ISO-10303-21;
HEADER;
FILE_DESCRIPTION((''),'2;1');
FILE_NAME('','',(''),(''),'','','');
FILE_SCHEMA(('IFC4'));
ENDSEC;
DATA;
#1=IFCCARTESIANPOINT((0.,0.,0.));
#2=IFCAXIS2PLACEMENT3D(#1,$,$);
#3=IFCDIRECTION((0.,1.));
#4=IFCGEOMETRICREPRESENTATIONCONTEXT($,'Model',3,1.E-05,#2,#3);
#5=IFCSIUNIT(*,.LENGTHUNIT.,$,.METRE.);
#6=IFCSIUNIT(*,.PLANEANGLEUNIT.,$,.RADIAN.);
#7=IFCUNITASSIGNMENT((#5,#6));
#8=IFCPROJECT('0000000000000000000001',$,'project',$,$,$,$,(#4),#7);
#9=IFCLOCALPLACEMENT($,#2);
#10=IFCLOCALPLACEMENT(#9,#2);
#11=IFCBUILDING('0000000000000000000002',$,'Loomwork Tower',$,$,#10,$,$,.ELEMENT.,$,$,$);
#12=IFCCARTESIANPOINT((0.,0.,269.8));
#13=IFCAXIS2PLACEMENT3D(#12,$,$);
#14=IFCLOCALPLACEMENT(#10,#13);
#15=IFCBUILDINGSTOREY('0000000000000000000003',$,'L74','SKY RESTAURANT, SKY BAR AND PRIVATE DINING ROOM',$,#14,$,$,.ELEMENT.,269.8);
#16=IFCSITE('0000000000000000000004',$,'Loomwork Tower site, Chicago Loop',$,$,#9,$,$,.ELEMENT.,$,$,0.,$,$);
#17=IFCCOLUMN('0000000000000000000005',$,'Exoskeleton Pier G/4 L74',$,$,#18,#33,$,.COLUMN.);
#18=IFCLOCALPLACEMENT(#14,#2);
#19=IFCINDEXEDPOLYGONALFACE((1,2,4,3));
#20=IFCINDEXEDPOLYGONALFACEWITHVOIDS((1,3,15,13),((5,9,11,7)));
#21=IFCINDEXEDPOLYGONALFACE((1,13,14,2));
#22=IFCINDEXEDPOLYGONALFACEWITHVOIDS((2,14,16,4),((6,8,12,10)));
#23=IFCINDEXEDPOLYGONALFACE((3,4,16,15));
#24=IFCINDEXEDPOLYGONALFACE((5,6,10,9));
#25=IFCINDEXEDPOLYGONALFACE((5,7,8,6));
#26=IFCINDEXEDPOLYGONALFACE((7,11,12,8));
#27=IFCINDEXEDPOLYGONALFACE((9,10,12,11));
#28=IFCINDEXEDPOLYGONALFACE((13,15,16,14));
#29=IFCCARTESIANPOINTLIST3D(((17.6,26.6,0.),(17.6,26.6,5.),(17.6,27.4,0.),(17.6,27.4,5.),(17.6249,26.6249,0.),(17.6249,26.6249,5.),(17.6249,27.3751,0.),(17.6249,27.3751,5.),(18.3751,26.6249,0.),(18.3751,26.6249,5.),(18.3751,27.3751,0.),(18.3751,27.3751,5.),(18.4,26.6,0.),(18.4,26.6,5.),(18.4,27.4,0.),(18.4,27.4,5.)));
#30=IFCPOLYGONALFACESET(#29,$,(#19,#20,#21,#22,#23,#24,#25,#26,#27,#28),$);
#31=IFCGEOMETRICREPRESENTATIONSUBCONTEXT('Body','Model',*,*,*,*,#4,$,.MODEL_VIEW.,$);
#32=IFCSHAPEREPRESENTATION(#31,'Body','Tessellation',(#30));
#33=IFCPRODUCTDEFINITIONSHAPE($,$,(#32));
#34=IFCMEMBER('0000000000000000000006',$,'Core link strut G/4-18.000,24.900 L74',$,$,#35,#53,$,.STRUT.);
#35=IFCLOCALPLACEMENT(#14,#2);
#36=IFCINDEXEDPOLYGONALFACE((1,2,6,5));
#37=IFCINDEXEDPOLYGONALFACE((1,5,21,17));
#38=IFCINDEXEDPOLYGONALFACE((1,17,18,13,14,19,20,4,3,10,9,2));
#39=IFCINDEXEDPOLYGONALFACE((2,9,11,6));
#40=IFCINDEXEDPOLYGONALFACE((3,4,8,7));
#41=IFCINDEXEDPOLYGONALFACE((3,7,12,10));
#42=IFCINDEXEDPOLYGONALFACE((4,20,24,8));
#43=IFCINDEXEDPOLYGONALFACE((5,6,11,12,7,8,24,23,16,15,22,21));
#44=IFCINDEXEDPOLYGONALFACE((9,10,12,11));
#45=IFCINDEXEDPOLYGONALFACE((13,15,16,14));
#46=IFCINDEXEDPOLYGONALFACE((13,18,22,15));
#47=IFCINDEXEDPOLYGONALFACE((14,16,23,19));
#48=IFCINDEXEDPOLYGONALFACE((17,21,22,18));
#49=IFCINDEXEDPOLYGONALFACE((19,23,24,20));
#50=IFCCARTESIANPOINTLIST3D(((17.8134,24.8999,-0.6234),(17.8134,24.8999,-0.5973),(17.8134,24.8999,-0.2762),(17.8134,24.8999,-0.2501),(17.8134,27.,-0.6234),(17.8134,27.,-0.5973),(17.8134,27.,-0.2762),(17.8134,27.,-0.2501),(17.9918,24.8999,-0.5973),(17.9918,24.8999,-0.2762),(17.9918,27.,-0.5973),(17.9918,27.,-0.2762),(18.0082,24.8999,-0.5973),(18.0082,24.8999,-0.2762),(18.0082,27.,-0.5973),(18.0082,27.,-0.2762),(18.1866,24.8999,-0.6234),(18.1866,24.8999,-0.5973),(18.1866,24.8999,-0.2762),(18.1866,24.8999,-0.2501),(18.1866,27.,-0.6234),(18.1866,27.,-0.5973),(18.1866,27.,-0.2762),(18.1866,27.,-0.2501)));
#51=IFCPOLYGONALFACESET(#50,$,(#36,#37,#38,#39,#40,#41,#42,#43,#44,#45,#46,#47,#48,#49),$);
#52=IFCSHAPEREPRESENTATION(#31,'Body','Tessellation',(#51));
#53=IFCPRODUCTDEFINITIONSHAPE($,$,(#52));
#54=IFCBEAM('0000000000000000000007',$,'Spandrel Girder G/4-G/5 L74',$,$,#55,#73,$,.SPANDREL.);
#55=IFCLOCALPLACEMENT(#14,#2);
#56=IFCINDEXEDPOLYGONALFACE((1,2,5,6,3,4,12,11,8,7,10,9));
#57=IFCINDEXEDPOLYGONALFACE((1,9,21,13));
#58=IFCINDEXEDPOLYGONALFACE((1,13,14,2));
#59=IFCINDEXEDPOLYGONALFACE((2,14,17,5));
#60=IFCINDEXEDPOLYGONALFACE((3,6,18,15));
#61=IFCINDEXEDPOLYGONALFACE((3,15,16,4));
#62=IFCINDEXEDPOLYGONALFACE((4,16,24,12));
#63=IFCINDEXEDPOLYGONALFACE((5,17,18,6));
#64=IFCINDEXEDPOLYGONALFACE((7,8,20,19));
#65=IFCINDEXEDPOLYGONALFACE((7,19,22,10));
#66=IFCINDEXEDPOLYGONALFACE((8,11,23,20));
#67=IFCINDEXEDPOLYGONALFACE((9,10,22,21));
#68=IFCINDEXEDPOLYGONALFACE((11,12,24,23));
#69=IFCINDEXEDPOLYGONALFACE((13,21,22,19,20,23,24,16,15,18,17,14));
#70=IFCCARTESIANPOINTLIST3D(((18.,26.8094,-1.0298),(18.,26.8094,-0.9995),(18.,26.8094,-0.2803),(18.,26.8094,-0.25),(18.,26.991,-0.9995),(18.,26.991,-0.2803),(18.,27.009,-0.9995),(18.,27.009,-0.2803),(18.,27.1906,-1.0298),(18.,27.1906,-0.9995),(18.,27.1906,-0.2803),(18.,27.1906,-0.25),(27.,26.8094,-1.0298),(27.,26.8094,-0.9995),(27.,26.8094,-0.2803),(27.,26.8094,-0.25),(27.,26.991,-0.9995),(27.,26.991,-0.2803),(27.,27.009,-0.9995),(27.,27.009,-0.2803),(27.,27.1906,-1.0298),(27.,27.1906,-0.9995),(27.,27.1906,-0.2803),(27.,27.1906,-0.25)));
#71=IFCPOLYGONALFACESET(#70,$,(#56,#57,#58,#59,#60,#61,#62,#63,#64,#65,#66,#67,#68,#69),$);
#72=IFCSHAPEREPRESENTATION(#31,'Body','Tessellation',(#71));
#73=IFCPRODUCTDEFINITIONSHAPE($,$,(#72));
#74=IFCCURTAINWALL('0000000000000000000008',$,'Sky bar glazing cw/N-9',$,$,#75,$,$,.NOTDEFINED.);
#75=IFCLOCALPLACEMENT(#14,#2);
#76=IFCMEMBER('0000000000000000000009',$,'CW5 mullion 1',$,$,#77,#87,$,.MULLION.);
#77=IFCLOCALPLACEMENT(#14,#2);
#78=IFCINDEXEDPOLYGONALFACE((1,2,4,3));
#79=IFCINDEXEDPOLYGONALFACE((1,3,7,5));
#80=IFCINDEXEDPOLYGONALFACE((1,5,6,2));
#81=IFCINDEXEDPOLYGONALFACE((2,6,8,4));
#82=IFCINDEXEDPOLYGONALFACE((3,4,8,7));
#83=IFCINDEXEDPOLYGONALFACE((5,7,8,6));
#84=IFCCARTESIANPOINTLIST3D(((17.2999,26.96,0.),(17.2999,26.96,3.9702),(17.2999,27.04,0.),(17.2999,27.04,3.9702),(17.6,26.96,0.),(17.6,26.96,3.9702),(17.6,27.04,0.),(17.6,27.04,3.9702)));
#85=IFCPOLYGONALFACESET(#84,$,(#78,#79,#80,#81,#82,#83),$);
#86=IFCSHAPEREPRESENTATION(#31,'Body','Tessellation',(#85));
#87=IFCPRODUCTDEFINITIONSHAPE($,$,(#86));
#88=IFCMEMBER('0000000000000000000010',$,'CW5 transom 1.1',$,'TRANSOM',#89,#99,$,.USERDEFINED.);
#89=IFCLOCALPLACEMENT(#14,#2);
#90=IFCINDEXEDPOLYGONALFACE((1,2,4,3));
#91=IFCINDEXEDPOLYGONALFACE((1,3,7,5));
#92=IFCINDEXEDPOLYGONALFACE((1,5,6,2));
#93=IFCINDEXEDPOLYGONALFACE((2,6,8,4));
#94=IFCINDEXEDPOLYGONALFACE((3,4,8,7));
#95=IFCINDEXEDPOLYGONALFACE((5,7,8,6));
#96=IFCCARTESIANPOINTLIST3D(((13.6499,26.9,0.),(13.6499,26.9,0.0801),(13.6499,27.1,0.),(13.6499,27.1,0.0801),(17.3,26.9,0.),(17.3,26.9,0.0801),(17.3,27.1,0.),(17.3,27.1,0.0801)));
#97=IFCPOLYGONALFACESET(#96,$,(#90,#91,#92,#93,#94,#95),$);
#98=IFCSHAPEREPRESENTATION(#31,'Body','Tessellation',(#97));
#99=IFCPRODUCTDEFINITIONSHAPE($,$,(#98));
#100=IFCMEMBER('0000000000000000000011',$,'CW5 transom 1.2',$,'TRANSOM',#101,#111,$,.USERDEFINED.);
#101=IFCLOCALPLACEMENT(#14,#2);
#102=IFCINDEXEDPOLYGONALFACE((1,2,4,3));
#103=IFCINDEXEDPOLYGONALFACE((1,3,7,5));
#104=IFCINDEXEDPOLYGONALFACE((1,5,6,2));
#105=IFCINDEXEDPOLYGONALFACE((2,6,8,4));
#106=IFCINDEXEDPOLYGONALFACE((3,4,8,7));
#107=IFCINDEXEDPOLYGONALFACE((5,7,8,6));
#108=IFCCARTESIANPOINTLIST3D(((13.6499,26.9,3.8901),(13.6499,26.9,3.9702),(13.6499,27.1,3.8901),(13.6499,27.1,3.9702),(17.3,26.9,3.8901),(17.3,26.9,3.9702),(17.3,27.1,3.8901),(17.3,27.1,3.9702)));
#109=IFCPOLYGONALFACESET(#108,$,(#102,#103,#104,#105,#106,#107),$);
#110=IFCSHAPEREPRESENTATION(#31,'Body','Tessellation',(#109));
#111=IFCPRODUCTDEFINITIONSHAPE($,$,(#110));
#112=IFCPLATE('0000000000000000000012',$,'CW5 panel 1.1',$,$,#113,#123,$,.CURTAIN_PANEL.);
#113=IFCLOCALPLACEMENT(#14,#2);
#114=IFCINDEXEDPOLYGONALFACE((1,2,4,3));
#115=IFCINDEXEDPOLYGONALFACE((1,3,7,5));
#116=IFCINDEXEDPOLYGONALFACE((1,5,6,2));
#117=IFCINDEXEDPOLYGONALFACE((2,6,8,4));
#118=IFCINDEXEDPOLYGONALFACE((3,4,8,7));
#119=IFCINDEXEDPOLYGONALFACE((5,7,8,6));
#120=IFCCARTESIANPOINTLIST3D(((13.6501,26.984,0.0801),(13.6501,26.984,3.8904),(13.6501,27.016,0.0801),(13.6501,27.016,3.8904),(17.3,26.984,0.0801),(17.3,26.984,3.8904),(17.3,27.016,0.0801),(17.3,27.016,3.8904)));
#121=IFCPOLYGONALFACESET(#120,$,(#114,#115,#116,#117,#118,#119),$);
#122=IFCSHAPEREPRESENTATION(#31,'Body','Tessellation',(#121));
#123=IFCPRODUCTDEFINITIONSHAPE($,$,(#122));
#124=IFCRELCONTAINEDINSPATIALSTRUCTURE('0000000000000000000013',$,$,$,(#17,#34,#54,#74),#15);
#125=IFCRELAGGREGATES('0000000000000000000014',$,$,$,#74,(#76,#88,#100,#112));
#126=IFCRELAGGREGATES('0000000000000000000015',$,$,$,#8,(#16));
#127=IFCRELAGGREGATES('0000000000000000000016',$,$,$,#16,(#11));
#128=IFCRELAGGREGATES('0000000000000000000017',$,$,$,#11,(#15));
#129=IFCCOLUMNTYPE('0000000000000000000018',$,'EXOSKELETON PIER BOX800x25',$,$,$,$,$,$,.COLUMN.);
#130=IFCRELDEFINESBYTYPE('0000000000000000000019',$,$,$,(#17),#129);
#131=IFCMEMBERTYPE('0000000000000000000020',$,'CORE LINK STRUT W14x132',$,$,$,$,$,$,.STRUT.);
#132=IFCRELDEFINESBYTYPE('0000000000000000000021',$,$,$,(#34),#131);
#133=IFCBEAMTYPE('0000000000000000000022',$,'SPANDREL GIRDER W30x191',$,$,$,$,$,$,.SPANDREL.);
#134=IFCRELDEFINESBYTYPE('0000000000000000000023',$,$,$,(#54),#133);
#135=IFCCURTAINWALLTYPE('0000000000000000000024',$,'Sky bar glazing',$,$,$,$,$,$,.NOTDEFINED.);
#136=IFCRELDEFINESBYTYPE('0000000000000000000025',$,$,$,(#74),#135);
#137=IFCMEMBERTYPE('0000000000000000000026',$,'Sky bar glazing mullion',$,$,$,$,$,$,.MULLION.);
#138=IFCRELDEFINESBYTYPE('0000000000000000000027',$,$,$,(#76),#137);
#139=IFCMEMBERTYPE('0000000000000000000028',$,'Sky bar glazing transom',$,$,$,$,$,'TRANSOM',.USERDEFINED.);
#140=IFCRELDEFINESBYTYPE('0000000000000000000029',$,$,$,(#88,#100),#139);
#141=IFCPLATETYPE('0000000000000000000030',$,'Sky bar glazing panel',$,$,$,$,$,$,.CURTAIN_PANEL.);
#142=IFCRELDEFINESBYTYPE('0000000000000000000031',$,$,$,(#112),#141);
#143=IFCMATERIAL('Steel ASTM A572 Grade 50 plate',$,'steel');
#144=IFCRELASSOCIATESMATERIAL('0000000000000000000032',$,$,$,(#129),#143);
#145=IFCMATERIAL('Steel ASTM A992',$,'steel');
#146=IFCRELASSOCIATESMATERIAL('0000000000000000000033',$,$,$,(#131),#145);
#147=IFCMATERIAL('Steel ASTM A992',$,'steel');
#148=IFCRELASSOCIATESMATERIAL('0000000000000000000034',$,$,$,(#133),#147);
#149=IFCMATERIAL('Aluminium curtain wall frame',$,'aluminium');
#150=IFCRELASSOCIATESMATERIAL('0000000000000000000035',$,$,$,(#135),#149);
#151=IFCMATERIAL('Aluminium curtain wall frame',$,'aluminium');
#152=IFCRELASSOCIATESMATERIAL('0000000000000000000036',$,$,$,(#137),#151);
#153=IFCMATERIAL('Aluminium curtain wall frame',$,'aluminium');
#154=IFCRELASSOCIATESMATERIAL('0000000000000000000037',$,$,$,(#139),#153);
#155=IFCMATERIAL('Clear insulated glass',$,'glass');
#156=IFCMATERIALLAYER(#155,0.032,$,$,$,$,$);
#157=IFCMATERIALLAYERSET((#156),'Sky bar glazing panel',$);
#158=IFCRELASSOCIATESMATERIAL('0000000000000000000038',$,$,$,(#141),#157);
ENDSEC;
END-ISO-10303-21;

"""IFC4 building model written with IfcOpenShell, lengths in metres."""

from ifc_helpers import new_model, si_unit, direction, frame, origin, origin_2d, place, context, subcontext, project, spatial, rectangle, hollow_rectangle, i_section, extrude, material, layer, layer_set, material_profile, profile_set, type_object, element, aggregate, save


model = new_model("IFC4")

# Units and contexts
model_context = context("Model", 3, precision=1e-05, world=origin(), true_north=direction((0.0, 1.0)))
body_context = subcontext(model_context, "Body", "Model", "MODEL_VIEW")
ifc_project = project(units=[si_unit("LENGTHUNIT", "METRE"), si_unit("PLANEANGLEUNIT", "RADIAN")], contexts=[model_context])

# Site, building, storey
site_placement = place(None, origin())
site = spatial("IfcSite", under=ifc_project, at=site_placement, Name="Loomwork Tower site, Chicago Loop", CompositionType="ELEMENT", RefElevation=0.0)
building_placement = place(site_placement, origin())
building = spatial("IfcBuilding", under=site, at=building_placement, Name="Loomwork Tower", CompositionType="ELEMENT")
storey_placement = place(building_placement, frame((0.0, 0.0, 269.8)))
storey = spatial("IfcBuildingStorey", under=building, at=storey_placement, Name="L74", Description="SKY RESTAURANT, SKY BAR AND PRIVATE DINING ROOM", CompositionType="ELEMENT", Elevation=269.8)

# Column
ifc_material_1 = material(Name="Steel ASTM A572 Grade 50 plate", Category="steel")
ifc_material_profile_1 = material_profile(ifc_material_1, hollow_rectangle(XDim=0.8, YDim=0.8, WallThickness=0.0249, at=origin_2d()), Name="BOX800x25")
ifc_profile_set_1 = profile_set([ifc_material_profile_1], Name="Steel ASTM A572 Grade 50 plate")
column_type = type_object("IfcColumnType", Name="EXOSKELETON PIER BOX800x25", PredefinedType="COLUMN", material=ifc_profile_set_1)
column_placement = place(storey_placement, frame((18.0, 27.0, 0.0), z_axis=(0.0, 0.0, 1.0), x_axis=(1.0, 0.0, 0.0)))
element("IfcColumn", 1, at=column_placement, inside=storey, type_object=column_type, Name="Exoskeleton Pier G/4 L74", PredefinedType="COLUMN", context=body_context, shape_type="SweptSolid", body=[
    extrude(hollow_rectangle(XDim=0.8, YDim=0.8, WallThickness=0.0249, at=origin_2d()), origin(), (0.0, 0.0, 1.0), 5.0),
])

# Member
ifc_material_2 = material(Name="Steel ASTM A992", Category="steel")
ifc_material_profile_2 = material_profile(ifc_material_2, i_section(OverallWidth=0.3733, OverallDepth=0.3733, WebThickness=0.0164, FlangeThickness=0.0261, at=origin_2d()), Name="W14x132")
ifc_profile_set_2 = profile_set([ifc_material_profile_2], Name="Steel ASTM A992")
member_type_1 = type_object("IfcMemberType", Name="CORE LINK STRUT W14x132", PredefinedType="STRUT", material=ifc_profile_set_2)
member_1_placement = place(storey_placement, frame((18.0, 27.0, -0.4368), z_axis=(0.0, -1.0, 0.0), x_axis=(1.0, 0.0, 0.0)))
element("IfcMember", 2, at=member_1_placement, inside=storey, type_object=member_type_1, Name="Core link strut G/4-18.000,24.900 L74", PredefinedType="STRUT", context=body_context, shape_type="SweptSolid", body=[
    extrude(i_section(OverallWidth=0.3733, OverallDepth=0.3733, WebThickness=0.0164, FlangeThickness=0.0261, at=origin_2d()), origin(), (0.0, 0.0, 1.0), 2.1001),
])

# Beam
ifc_material_3 = material(Name="Steel ASTM A992", Category="steel")
ifc_material_profile_3 = material_profile(ifc_material_3, i_section(OverallWidth=0.3811, OverallDepth=0.7798, WebThickness=0.0181, FlangeThickness=0.0303, at=origin_2d()), Name="W30x191")
ifc_profile_set_3 = profile_set([ifc_material_profile_3], Name="Steel ASTM A992")
beam_type = type_object("IfcBeamType", Name="SPANDREL GIRDER W30x191", PredefinedType="SPANDREL", material=ifc_profile_set_3)
beam_placement = place(storey_placement, frame((18.0, 27.0, -0.6399), z_axis=(1.0, 0.0, 0.0), x_axis=(0.0, 1.0, 0.0)))
element("IfcBeam", 3, at=beam_placement, inside=storey, type_object=beam_type, Name="Spandrel Girder G/4-G/5 L74", PredefinedType="SPANDREL", context=body_context, shape_type="SweptSolid", body=[
    extrude(i_section(OverallWidth=0.3811, OverallDepth=0.7798, WebThickness=0.0181, FlangeThickness=0.0303, at=origin_2d()), origin(), (0.0, 0.0, 1.0), 9.0),
])

# Curtain wall, members, plate
ifc_material_4 = material(Name="Aluminium curtain wall frame", Category="aluminium")
curtain_wall_type = type_object("IfcCurtainWallType", Name="Sky bar glazing", PredefinedType="NOTDEFINED", material=ifc_material_4)
curtain_wall_placement = place(storey_placement, origin())
curtain_wall = element("IfcCurtainWall", 4, at=curtain_wall_placement, inside=storey, type_object=curtain_wall_type, Name="Sky bar glazing cw/N-9", PredefinedType="NOTDEFINED")
ifc_material_5 = material(Name="Aluminium curtain wall frame", Category="aluminium")
ifc_material_profile_4 = material_profile(ifc_material_5, rectangle(XDim=0.0801, YDim=0.3, at=origin_2d()), Name="AL 80x300")
ifc_profile_set_4 = profile_set([ifc_material_profile_4], Name="Aluminium curtain wall frame")
member_type_2 = type_object("IfcMemberType", Name="Sky bar glazing mullion", PredefinedType="MULLION", material=ifc_profile_set_4)
member_2_placement = place(storey_placement, frame((17.45, 27.0, 0.0), z_axis=(0.0, 0.0, 1.0), x_axis=(0.0, -1.0, 0.0)))
member_2 = element("IfcMember", 5, at=member_2_placement, type_object=member_type_2, Name="CW5 mullion 1", PredefinedType="MULLION", context=body_context, shape_type="SweptSolid", body=[
    extrude(rectangle(XDim=0.0801, YDim=0.3, at=origin_2d()), origin(), (0.0, 0.0, 1.0), 3.9702),
])
ifc_material_6 = material(Name="Aluminium curtain wall frame", Category="aluminium")
ifc_material_profile_5 = material_profile(ifc_material_6, rectangle(XDim=0.2, YDim=0.0801, at=origin_2d()), Name="AL 80x200")
ifc_profile_set_5 = profile_set([ifc_material_profile_5], Name="Aluminium curtain wall frame")
member_type_3 = type_object("IfcMemberType", Name="Sky bar glazing transom", ElementType="TRANSOM", PredefinedType="USERDEFINED", material=ifc_profile_set_5)
member_3_placement = place(storey_placement, frame((17.3, 27.0, 0.04), z_axis=(-1.0, 0.0, 0.0), x_axis=(0.0, -1.0, 0.0)))
member_3 = element("IfcMember", 6, at=member_3_placement, type_object=member_type_3, Name="CW5 transom 1.1", ObjectType="TRANSOM", PredefinedType="USERDEFINED", context=body_context, shape_type="SweptSolid", body=[
    extrude(rectangle(XDim=0.2, YDim=0.0801, at=origin_2d()), origin(), (0.0, 0.0, 1.0), 3.6501),
])
member_4_placement = place(storey_placement, frame((17.3, 27.0, 3.9302), z_axis=(-1.0, 0.0, 0.0), x_axis=(0.0, -1.0, 0.0)))
member_4 = element("IfcMember", 7, at=member_4_placement, type_object=member_type_3, Name="CW5 transom 1.2", ObjectType="TRANSOM", PredefinedType="USERDEFINED", context=body_context, shape_type="SweptSolid", body=[
    extrude(rectangle(XDim=0.2, YDim=0.0801, at=origin_2d()), origin(), (0.0, 0.0, 1.0), 3.6501),
])
ifc_material_7 = material(Name="Clear insulated glass", Category="glass")
ifc_layer_1 = layer(ifc_material_7, 0.032)
ifc_layer_set_1 = layer_set([ifc_layer_1], Name="Sky bar glazing panel")
plate_type = type_object("IfcPlateType", Name="Sky bar glazing panel", PredefinedType="CURTAIN_PANEL", material=ifc_layer_set_1)
plate_placement = place(storey_placement, frame((15.4751, 27.0, 0.0801), z_axis=(0.0, 0.0, 1.0), x_axis=(-1.0, 0.0, 0.0)))
plate = element("IfcPlate", 8, at=plate_placement, type_object=plate_type, Name="CW5 panel 1.1", PredefinedType="CURTAIN_PANEL", context=body_context, shape_type="SweptSolid", body=[
    extrude(rectangle(XDim=3.6499, YDim=0.032, at=origin_2d()), origin(), (0.0, 0.0, 1.0), 3.8103),
])
aggregate(curtain_wall, [member_2, member_3, member_4, plate])

save(model, "model.ifc")
